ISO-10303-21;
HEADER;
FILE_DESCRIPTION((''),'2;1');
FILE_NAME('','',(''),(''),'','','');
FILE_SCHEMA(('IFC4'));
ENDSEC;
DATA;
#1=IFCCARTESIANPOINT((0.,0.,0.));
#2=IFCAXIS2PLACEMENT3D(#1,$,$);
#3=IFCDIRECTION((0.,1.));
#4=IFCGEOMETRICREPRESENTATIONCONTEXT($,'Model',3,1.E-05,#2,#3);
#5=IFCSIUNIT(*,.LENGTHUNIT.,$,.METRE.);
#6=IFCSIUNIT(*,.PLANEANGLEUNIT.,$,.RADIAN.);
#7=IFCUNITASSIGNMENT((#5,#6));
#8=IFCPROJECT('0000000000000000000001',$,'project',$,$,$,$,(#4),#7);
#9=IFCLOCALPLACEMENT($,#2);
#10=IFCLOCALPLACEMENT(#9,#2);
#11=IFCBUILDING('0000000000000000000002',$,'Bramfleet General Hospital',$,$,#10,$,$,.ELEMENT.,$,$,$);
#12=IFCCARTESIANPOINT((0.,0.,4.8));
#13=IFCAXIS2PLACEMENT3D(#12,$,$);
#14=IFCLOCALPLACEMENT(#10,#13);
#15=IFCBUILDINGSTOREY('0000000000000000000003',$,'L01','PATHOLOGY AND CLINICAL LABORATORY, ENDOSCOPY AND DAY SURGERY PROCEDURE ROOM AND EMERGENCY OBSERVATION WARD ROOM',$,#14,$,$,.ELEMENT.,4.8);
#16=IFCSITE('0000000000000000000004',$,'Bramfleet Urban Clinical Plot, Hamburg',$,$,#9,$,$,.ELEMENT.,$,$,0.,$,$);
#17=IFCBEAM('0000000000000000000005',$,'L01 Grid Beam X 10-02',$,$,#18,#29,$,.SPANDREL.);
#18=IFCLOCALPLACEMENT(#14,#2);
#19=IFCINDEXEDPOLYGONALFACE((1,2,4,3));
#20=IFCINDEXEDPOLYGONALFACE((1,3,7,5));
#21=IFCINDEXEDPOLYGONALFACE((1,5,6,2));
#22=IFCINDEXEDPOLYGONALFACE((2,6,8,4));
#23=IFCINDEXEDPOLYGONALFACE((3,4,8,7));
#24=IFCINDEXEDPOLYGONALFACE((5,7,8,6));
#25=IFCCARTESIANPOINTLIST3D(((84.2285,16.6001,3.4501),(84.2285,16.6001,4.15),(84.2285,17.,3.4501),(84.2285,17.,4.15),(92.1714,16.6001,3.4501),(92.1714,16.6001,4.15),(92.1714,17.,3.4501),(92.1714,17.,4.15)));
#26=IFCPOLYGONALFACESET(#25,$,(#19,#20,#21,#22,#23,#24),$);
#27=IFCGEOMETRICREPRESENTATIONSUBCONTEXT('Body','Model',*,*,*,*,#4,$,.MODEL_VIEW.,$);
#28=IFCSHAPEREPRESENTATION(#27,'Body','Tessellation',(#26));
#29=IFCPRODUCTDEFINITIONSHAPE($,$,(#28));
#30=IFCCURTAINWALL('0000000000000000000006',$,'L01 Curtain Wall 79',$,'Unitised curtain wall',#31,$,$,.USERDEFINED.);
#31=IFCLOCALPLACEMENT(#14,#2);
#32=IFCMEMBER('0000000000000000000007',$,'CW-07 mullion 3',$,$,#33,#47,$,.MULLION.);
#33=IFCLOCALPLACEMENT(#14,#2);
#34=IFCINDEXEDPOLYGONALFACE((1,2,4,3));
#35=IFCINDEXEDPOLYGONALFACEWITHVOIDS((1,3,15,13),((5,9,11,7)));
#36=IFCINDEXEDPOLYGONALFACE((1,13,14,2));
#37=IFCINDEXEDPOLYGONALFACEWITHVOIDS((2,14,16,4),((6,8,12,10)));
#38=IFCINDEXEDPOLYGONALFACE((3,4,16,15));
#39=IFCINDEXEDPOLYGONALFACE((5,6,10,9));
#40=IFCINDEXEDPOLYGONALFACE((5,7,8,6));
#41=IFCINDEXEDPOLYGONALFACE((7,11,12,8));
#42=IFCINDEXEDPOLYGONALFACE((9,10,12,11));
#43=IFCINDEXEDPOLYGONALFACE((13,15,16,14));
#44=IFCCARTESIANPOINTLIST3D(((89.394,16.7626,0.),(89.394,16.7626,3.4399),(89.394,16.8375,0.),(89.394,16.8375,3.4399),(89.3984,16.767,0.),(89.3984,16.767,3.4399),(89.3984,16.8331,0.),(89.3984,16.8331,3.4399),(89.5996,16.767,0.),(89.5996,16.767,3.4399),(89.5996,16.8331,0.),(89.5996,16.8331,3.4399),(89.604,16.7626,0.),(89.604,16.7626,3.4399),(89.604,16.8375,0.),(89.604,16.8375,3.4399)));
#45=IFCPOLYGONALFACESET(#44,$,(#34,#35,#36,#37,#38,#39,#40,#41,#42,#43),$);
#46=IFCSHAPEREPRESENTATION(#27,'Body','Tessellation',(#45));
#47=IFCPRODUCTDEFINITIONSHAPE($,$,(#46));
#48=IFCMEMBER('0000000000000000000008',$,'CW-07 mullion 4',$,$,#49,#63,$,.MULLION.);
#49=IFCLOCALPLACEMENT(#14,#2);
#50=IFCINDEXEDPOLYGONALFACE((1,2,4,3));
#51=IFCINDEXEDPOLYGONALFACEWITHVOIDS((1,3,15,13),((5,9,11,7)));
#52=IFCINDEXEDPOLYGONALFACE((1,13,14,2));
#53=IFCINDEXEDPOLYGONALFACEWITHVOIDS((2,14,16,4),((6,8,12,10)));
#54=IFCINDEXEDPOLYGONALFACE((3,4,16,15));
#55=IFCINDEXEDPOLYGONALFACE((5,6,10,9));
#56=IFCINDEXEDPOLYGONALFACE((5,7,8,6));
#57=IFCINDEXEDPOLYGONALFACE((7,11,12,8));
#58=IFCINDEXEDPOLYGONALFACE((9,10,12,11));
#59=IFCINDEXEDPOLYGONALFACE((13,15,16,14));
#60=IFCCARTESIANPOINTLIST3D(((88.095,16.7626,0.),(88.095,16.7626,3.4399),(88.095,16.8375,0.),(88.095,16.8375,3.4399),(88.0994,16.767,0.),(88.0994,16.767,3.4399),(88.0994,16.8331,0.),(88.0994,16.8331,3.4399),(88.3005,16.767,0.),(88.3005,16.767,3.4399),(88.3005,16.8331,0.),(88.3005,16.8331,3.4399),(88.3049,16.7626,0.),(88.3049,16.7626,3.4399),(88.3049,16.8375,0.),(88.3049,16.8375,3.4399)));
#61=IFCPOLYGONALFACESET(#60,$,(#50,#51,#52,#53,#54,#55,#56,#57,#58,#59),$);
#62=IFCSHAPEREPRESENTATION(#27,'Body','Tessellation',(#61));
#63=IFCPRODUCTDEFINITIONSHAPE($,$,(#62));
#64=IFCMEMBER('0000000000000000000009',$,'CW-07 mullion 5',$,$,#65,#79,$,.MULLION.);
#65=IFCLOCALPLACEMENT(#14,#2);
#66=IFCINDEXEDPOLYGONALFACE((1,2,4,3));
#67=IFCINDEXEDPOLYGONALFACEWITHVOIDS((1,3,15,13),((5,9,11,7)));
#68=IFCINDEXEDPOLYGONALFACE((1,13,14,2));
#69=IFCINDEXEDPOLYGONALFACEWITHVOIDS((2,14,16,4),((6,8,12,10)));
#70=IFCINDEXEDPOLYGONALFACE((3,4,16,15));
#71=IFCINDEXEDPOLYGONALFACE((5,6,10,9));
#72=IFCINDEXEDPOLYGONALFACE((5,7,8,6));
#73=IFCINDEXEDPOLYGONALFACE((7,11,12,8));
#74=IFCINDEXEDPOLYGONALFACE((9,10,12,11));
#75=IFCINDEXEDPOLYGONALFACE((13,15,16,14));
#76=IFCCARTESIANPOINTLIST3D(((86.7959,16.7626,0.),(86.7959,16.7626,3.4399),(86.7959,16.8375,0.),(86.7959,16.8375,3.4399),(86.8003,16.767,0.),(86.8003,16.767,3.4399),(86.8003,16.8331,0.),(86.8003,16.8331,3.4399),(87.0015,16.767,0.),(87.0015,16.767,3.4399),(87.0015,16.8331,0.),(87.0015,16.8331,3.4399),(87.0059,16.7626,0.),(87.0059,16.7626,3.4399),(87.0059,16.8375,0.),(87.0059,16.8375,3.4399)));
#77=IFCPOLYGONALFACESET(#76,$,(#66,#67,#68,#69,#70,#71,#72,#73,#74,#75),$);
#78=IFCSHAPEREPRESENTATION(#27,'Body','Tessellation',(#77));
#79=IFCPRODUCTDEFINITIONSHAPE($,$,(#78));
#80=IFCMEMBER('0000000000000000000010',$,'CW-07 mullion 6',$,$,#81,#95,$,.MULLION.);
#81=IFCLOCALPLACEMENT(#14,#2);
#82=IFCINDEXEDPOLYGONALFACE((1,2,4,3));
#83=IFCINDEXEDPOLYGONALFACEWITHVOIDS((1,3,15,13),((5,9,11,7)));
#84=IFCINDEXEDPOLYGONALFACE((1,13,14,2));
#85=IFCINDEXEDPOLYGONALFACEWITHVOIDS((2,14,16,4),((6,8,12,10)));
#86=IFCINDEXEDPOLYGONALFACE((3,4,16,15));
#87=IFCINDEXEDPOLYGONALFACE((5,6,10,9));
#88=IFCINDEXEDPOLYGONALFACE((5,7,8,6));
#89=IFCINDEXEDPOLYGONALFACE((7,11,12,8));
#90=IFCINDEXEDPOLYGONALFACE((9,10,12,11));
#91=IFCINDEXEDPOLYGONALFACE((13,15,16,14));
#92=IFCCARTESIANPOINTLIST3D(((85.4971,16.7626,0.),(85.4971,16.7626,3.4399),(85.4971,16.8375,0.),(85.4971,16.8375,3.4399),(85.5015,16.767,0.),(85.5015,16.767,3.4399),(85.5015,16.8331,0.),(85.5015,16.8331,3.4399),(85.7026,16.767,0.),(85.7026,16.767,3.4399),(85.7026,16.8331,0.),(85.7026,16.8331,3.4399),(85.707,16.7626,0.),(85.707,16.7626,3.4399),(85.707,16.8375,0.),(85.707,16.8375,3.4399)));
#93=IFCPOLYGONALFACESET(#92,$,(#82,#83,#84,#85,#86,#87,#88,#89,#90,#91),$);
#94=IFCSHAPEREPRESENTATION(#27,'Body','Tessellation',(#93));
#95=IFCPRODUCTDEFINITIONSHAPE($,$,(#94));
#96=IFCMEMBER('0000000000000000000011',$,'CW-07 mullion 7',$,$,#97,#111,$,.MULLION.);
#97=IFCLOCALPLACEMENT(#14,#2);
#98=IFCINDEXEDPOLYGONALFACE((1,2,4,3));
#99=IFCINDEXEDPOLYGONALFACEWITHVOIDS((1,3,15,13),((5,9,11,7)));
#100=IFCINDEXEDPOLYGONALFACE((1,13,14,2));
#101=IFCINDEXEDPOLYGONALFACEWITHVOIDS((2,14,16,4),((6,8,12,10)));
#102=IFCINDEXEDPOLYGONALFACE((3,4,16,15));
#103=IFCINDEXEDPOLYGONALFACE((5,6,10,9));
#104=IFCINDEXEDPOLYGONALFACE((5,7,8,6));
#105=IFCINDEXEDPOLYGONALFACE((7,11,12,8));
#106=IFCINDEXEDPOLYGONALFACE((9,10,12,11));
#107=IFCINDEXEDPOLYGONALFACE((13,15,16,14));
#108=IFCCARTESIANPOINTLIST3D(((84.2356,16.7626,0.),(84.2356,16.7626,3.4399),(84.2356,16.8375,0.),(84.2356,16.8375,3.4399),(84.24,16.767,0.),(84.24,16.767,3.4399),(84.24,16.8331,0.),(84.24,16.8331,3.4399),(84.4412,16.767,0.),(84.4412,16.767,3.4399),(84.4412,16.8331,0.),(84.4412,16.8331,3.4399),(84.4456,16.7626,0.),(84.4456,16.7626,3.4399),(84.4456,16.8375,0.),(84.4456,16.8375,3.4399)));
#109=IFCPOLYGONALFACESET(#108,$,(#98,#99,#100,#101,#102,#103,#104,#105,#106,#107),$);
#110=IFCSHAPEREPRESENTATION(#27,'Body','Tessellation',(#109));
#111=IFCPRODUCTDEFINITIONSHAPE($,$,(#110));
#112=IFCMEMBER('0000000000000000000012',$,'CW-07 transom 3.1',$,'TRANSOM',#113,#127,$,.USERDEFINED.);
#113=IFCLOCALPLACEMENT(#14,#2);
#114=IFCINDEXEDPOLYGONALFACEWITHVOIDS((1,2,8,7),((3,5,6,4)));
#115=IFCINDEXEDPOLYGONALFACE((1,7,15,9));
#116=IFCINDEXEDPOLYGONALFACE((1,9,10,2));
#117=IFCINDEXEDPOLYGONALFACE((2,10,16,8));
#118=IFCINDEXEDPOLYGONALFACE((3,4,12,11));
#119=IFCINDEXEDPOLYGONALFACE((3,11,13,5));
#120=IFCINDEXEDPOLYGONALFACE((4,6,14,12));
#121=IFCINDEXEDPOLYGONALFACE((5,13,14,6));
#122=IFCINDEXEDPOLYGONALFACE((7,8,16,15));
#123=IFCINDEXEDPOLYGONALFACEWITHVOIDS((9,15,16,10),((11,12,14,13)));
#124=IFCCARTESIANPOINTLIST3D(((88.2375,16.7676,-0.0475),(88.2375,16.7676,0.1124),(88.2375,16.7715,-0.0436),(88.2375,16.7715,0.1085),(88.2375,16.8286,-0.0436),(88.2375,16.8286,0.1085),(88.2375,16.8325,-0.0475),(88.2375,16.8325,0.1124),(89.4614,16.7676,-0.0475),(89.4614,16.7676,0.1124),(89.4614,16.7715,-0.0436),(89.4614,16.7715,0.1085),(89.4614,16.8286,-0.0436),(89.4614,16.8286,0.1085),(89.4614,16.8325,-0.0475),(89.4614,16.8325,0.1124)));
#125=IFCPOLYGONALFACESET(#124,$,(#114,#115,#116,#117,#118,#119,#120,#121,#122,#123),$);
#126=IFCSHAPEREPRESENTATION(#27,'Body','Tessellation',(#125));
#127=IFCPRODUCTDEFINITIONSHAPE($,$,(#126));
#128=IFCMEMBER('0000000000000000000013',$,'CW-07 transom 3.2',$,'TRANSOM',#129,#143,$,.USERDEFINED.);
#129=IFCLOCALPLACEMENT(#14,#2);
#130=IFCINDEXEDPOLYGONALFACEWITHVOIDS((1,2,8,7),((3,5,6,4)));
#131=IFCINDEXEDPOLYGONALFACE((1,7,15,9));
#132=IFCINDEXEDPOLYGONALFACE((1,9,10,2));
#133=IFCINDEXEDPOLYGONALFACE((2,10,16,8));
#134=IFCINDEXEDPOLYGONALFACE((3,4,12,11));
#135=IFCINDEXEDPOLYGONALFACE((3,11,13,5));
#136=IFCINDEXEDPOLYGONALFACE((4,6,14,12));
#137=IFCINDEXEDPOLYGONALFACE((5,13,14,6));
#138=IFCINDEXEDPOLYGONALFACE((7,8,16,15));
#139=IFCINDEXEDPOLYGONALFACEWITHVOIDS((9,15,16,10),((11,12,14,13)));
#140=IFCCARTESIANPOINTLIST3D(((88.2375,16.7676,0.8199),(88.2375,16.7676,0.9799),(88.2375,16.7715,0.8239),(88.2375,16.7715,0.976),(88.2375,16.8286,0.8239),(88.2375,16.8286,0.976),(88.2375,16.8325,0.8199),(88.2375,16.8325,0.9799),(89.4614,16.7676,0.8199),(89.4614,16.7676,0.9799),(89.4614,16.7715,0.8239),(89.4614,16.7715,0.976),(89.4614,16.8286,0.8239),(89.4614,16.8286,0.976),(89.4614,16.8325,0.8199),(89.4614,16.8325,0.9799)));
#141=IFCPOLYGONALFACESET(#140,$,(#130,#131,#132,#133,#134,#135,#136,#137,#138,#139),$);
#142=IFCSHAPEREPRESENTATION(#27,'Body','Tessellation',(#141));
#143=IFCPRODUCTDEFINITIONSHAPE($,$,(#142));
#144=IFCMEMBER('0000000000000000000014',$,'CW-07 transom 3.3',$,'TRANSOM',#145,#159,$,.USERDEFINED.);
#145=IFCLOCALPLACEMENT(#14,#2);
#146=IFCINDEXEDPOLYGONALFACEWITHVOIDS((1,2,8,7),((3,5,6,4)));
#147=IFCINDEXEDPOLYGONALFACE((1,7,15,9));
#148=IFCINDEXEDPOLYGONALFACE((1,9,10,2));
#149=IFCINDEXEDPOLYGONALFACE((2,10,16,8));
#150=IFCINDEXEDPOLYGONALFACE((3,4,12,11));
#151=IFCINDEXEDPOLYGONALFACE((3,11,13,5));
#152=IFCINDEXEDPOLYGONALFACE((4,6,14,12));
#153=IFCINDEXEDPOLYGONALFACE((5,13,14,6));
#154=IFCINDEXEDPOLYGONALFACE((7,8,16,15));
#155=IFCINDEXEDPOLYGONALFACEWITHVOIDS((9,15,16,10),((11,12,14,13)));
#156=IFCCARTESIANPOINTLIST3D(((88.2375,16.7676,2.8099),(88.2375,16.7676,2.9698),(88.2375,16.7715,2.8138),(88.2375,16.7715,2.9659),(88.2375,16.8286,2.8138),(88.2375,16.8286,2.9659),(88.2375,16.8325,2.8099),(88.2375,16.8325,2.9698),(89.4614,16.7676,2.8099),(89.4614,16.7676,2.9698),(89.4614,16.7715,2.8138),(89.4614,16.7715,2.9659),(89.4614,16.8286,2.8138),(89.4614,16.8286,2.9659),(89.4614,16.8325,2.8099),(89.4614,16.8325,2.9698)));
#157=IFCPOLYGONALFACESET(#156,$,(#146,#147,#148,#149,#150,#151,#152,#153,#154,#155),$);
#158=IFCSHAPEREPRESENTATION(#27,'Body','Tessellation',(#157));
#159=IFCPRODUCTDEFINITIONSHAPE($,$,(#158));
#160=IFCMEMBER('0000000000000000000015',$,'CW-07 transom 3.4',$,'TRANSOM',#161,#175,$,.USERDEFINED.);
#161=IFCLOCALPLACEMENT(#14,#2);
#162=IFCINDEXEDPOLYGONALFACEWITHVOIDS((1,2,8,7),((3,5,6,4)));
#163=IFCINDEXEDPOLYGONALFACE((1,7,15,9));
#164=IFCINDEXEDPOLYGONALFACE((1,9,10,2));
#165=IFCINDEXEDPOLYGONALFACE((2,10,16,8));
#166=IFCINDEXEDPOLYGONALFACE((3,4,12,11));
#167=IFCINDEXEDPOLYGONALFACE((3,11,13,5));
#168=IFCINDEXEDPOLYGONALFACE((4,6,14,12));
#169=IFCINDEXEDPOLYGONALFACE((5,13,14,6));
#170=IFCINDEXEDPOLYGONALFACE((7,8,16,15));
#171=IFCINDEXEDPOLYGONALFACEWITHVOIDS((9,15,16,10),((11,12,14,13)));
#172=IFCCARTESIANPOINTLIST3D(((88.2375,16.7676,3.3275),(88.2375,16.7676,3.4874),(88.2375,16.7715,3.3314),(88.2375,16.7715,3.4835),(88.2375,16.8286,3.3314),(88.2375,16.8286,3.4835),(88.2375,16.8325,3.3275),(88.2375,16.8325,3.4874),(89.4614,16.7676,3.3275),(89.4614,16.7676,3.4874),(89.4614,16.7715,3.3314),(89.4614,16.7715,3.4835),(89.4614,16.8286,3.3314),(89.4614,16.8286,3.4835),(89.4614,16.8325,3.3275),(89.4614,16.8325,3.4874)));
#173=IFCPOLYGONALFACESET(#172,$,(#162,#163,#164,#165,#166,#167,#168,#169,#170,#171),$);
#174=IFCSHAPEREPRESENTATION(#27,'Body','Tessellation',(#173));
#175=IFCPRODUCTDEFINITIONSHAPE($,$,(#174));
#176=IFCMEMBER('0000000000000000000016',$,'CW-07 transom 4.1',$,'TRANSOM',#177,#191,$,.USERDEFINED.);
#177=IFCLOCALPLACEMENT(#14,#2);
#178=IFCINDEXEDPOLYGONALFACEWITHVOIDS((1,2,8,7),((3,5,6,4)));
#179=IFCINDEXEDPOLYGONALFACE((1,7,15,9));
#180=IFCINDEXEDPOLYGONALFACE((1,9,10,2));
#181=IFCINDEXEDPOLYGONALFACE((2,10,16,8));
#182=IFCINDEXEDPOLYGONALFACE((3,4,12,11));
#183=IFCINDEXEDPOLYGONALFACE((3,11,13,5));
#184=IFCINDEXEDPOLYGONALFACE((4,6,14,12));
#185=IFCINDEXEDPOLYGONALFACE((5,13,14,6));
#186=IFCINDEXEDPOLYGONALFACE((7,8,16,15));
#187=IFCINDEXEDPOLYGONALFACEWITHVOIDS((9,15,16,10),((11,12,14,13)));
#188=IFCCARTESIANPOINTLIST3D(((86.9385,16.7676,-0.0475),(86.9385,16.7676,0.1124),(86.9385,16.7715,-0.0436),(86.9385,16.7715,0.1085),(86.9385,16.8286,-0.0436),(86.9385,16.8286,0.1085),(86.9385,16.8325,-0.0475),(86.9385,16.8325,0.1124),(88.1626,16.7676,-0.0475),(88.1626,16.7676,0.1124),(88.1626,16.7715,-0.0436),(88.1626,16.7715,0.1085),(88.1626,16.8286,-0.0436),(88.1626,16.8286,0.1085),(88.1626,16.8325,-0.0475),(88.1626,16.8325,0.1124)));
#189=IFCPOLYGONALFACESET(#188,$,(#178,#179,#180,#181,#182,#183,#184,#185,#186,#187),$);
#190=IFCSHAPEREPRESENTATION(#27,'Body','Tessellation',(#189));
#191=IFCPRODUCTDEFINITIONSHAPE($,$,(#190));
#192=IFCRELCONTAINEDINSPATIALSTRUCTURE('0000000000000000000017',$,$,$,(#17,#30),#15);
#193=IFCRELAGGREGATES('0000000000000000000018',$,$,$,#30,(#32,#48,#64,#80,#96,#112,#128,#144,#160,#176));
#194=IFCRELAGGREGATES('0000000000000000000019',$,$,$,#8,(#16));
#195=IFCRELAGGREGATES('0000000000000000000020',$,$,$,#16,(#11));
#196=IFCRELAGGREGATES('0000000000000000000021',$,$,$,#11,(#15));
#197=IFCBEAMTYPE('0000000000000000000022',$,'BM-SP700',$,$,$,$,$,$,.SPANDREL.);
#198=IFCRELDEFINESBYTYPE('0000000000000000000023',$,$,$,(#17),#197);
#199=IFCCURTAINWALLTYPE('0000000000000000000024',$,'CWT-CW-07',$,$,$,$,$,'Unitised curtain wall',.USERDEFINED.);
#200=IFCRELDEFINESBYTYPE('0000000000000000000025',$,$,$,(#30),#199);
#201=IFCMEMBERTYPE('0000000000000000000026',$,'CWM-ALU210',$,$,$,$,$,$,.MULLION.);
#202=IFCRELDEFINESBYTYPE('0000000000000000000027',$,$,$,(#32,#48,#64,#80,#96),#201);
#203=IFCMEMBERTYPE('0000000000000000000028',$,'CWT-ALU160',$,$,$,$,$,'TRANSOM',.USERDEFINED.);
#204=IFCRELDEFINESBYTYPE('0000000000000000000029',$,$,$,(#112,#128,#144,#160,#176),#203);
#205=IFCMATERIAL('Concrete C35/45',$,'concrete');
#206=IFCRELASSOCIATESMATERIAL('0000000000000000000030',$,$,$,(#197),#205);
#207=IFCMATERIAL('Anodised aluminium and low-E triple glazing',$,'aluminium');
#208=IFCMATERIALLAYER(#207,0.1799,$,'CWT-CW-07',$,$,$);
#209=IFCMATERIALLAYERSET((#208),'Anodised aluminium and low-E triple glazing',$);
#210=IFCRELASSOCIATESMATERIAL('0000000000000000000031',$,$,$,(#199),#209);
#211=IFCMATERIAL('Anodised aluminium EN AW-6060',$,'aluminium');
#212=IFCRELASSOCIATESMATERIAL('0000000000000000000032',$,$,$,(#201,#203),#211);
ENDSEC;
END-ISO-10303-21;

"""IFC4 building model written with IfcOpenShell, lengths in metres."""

from ifc_helpers import new_model, si_unit, direction, frame, origin, origin_2d, place, context, subcontext, project, spatial, rectangle, hollow_rectangle, extrude, material, layer, layer_set, material_profile, profile_set, type_object, element, aggregate, save


model = new_model("IFC4")

# Units and contexts
model_context = context("Model", 3, precision=1e-05, world=origin(), true_north=direction((0.0, 1.0)))
body_context = subcontext(model_context, "Body", "Model", "MODEL_VIEW")
ifc_project = project(units=[si_unit("LENGTHUNIT", "METRE"), si_unit("PLANEANGLEUNIT", "RADIAN")], contexts=[model_context])

# Site, building, storey
site_placement = place(None, origin())
site = spatial("IfcSite", under=ifc_project, at=site_placement, Name="Bramfleet Urban Clinical Plot, Hamburg", CompositionType="ELEMENT", RefElevation=0.0)
building_placement = place(site_placement, origin())
building = spatial("IfcBuilding", under=site, at=building_placement, Name="Bramfleet General Hospital", CompositionType="ELEMENT")
storey_placement = place(building_placement, frame((0.0, 0.0, 4.8)))
storey = spatial("IfcBuildingStorey", under=building, at=storey_placement, Name="L01", Description="PATHOLOGY AND CLINICAL LABORATORY, ENDOSCOPY AND DAY SURGERY PROCEDURE ROOM AND EMERGENCY OBSERVATION WARD ROOM", CompositionType="ELEMENT", Elevation=4.8)

# Beam
ifc_material_1 = material(Name="Concrete C35/45", Category="concrete")
ifc_material_profile_1 = material_profile(ifc_material_1, rectangle(XDim=0.3999, YDim=0.7, at=origin_2d()), Name="RC SP 700x400")
ifc_profile_set_1 = profile_set([ifc_material_profile_1], Name="Concrete C35/45")
beam_type = type_object("IfcBeamType", Name="BM-SP700", PredefinedType="SPANDREL", material=ifc_profile_set_1)
beam_placement = place(storey_placement, frame((84.2285, 16.8, 3.8), z_axis=(1.0, 0.0, 0.0), x_axis=(0.0, 1.0, 0.0)))
element("IfcBeam", 1, at=beam_placement, inside=storey, type_object=beam_type, Name="L01 Grid Beam X 10-02", PredefinedType="SPANDREL", context=body_context, shape_type="SweptSolid", body=[
    extrude(rectangle(XDim=0.3999, YDim=0.7, at=origin_2d()), origin(), (0.0, 0.0, 1.0), 7.9429),
])

# Curtain wall, members
ifc_material_2 = material(Name="Anodised aluminium and low-E triple glazing", Category="aluminium")
ifc_layer_1 = layer(ifc_material_2, 0.1799, Name="CWT-CW-07")
ifc_layer_set_1 = layer_set([ifc_layer_1], Name="Anodised aluminium and low-E triple glazing")
curtain_wall_type = type_object("IfcCurtainWallType", Name="CWT-CW-07", ElementType="Unitised curtain wall", PredefinedType="USERDEFINED", material=ifc_layer_set_1)
curtain_wall_placement = place(storey_placement, origin())
curtain_wall = element("IfcCurtainWall", 2, at=curtain_wall_placement, inside=storey, type_object=curtain_wall_type, Name="L01 Curtain Wall 79", ObjectType="Unitised curtain wall", PredefinedType="USERDEFINED")
ifc_material_3 = material(Name="Anodised aluminium EN AW-6060", Category="aluminium")
ifc_material_profile_2 = material_profile(ifc_material_3, hollow_rectangle(XDim=0.075, YDim=0.21, WallThickness=0.0044, at=origin_2d()), Name="ALU 210x75x4.5")
ifc_profile_set_2 = profile_set([ifc_material_profile_2], Name="Anodised aluminium EN AW-6060")
member_type_1 = type_object("IfcMemberType", Name="CWM-ALU210", PredefinedType="MULLION", material=ifc_profile_set_2)
member_1_placement = place(storey_placement, frame((89.499, 16.8, 0.0), z_axis=(0.0, 0.0, 1.0), x_axis=(0.0, -1.0, 0.0)))
member_1 = element("IfcMember", 3, at=member_1_placement, type_object=member_type_1, Name="CW-07 mullion 3", PredefinedType="MULLION", context=body_context, shape_type="SweptSolid", body=[
    extrude(hollow_rectangle(XDim=0.075, YDim=0.21, WallThickness=0.0044, at=origin_2d()), origin(), (0.0, 0.0, 1.0), 3.4399),
])
member_2_placement = place(storey_placement, frame((88.2, 16.8, 0.0), z_axis=(0.0, 0.0, 1.0), x_axis=(0.0, -1.0, 0.0)))
member_2 = element("IfcMember", 4, at=member_2_placement, type_object=member_type_1, Name="CW-07 mullion 4", PredefinedType="MULLION", context=body_context, shape_type="SweptSolid", body=[
    extrude(hollow_rectangle(XDim=0.075, YDim=0.21, WallThickness=0.0044, at=origin_2d()), origin(), (0.0, 0.0, 1.0), 3.4399),
])
member_3_placement = place(storey_placement, frame((86.9009, 16.8, 0.0), z_axis=(0.0, 0.0, 1.0), x_axis=(0.0, -1.0, 0.0)))
member_3 = element("IfcMember", 5, at=member_3_placement, type_object=member_type_1, Name="CW-07 mullion 5", PredefinedType="MULLION", context=body_context, shape_type="SweptSolid", body=[
    extrude(hollow_rectangle(XDim=0.075, YDim=0.21, WallThickness=0.0044, at=origin_2d()), origin(), (0.0, 0.0, 1.0), 3.4399),
])
member_4_placement = place(storey_placement, frame((85.6021, 16.8, 0.0), z_axis=(0.0, 0.0, 1.0), x_axis=(0.0, -1.0, 0.0)))
member_4 = element("IfcMember", 6, at=member_4_placement, type_object=member_type_1, Name="CW-07 mullion 6", PredefinedType="MULLION", context=body_context, shape_type="SweptSolid", body=[
    extrude(hollow_rectangle(XDim=0.075, YDim=0.21, WallThickness=0.0044, at=origin_2d()), origin(), (0.0, 0.0, 1.0), 3.4399),
])
member_5_placement = place(storey_placement, frame((84.3406, 16.8, 0.0), z_axis=(0.0, 0.0, 1.0), x_axis=(0.0, -1.0, 0.0)))
member_5 = element("IfcMember", 7, at=member_5_placement, type_object=member_type_1, Name="CW-07 mullion 7", PredefinedType="MULLION", context=body_context, shape_type="SweptSolid", body=[
    extrude(hollow_rectangle(XDim=0.075, YDim=0.21, WallThickness=0.0044, at=origin_2d()), origin(), (0.0, 0.0, 1.0), 3.4399),
])
ifc_material_profile_3 = material_profile(ifc_material_3, hollow_rectangle(XDim=0.0649, YDim=0.1599, WallThickness=0.0039, at=origin_2d()), Name="ALU 160x65x4.0")
ifc_profile_set_3 = profile_set([ifc_material_profile_3], Name="Anodised aluminium EN AW-6060")
member_type_2 = type_object("IfcMemberType", Name="CWT-ALU160", ElementType="TRANSOM", PredefinedType="USERDEFINED", material=ifc_profile_set_3)
member_6_placement = place(storey_placement, frame((89.4614, 16.8, 0.0325), z_axis=(-1.0, 0.0, 0.0), x_axis=(0.0, -1.0, 0.0)))
member_6 = element("IfcMember", 8, at=member_6_placement, type_object=member_type_2, Name="CW-07 transom 3.1", ObjectType="TRANSOM", PredefinedType="USERDEFINED", context=body_context, shape_type="SweptSolid", body=[
    extrude(hollow_rectangle(XDim=0.0649, YDim=0.1599, WallThickness=0.0039, at=origin_2d()), origin(), (0.0, 0.0, 1.0), 1.2239),
])
member_7_placement = place(storey_placement, frame((89.4614, 16.8, 0.8999), z_axis=(-1.0, 0.0, 0.0), x_axis=(0.0, -1.0, 0.0)))
member_7 = element("IfcMember", 9, at=member_7_placement, type_object=member_type_2, Name="CW-07 transom 3.2", ObjectType="TRANSOM", PredefinedType="USERDEFINED", context=body_context, shape_type="SweptSolid", body=[
    extrude(hollow_rectangle(XDim=0.0649, YDim=0.1599, WallThickness=0.0039, at=origin_2d()), origin(), (0.0, 0.0, 1.0), 1.2239),
])
member_8_placement = place(storey_placement, frame((89.4614, 16.8, 2.8899), z_axis=(-1.0, 0.0, 0.0), x_axis=(0.0, -1.0, 0.0)))
member_8 = element("IfcMember", 10, at=member_8_placement, type_object=member_type_2, Name="CW-07 transom 3.3", ObjectType="TRANSOM", PredefinedType="USERDEFINED", context=body_context, shape_type="SweptSolid", body=[
    extrude(hollow_rectangle(XDim=0.0649, YDim=0.1599, WallThickness=0.0039, at=origin_2d()), origin(), (0.0, 0.0, 1.0), 1.2239),
])
member_9_placement = place(storey_placement, frame((89.4614, 16.8, 3.4075), z_axis=(-1.0, 0.0, 0.0), x_axis=(0.0, -1.0, 0.0)))
member_9 = element("IfcMember", 11, at=member_9_placement, type_object=member_type_2, Name="CW-07 transom 3.4", ObjectType="TRANSOM", PredefinedType="USERDEFINED", context=body_context, shape_type="SweptSolid", body=[
    extrude(hollow_rectangle(XDim=0.0649, YDim=0.1599, WallThickness=0.0039, at=origin_2d()), origin(), (0.0, 0.0, 1.0), 1.2239),
])
member_10_placement = place(storey_placement, frame((88.1626, 16.8, 0.0325), z_axis=(-1.0, 0.0, 0.0), x_axis=(0.0, -1.0, 0.0)))
member_10 = element("IfcMember", 12, at=member_10_placement, type_object=member_type_2, Name="CW-07 transom 4.1", ObjectType="TRANSOM", PredefinedType="USERDEFINED", context=body_context, shape_type="SweptSolid", body=[
    extrude(hollow_rectangle(XDim=0.0649, YDim=0.1599, WallThickness=0.0039, at=origin_2d()), origin(), (0.0, 0.0, 1.0), 1.2241),
])
aggregate(curtain_wall, [member_1, member_2, member_3, member_4, member_5, member_6, member_7, member_8, member_9, member_10])

save(model, "model.ifc")
